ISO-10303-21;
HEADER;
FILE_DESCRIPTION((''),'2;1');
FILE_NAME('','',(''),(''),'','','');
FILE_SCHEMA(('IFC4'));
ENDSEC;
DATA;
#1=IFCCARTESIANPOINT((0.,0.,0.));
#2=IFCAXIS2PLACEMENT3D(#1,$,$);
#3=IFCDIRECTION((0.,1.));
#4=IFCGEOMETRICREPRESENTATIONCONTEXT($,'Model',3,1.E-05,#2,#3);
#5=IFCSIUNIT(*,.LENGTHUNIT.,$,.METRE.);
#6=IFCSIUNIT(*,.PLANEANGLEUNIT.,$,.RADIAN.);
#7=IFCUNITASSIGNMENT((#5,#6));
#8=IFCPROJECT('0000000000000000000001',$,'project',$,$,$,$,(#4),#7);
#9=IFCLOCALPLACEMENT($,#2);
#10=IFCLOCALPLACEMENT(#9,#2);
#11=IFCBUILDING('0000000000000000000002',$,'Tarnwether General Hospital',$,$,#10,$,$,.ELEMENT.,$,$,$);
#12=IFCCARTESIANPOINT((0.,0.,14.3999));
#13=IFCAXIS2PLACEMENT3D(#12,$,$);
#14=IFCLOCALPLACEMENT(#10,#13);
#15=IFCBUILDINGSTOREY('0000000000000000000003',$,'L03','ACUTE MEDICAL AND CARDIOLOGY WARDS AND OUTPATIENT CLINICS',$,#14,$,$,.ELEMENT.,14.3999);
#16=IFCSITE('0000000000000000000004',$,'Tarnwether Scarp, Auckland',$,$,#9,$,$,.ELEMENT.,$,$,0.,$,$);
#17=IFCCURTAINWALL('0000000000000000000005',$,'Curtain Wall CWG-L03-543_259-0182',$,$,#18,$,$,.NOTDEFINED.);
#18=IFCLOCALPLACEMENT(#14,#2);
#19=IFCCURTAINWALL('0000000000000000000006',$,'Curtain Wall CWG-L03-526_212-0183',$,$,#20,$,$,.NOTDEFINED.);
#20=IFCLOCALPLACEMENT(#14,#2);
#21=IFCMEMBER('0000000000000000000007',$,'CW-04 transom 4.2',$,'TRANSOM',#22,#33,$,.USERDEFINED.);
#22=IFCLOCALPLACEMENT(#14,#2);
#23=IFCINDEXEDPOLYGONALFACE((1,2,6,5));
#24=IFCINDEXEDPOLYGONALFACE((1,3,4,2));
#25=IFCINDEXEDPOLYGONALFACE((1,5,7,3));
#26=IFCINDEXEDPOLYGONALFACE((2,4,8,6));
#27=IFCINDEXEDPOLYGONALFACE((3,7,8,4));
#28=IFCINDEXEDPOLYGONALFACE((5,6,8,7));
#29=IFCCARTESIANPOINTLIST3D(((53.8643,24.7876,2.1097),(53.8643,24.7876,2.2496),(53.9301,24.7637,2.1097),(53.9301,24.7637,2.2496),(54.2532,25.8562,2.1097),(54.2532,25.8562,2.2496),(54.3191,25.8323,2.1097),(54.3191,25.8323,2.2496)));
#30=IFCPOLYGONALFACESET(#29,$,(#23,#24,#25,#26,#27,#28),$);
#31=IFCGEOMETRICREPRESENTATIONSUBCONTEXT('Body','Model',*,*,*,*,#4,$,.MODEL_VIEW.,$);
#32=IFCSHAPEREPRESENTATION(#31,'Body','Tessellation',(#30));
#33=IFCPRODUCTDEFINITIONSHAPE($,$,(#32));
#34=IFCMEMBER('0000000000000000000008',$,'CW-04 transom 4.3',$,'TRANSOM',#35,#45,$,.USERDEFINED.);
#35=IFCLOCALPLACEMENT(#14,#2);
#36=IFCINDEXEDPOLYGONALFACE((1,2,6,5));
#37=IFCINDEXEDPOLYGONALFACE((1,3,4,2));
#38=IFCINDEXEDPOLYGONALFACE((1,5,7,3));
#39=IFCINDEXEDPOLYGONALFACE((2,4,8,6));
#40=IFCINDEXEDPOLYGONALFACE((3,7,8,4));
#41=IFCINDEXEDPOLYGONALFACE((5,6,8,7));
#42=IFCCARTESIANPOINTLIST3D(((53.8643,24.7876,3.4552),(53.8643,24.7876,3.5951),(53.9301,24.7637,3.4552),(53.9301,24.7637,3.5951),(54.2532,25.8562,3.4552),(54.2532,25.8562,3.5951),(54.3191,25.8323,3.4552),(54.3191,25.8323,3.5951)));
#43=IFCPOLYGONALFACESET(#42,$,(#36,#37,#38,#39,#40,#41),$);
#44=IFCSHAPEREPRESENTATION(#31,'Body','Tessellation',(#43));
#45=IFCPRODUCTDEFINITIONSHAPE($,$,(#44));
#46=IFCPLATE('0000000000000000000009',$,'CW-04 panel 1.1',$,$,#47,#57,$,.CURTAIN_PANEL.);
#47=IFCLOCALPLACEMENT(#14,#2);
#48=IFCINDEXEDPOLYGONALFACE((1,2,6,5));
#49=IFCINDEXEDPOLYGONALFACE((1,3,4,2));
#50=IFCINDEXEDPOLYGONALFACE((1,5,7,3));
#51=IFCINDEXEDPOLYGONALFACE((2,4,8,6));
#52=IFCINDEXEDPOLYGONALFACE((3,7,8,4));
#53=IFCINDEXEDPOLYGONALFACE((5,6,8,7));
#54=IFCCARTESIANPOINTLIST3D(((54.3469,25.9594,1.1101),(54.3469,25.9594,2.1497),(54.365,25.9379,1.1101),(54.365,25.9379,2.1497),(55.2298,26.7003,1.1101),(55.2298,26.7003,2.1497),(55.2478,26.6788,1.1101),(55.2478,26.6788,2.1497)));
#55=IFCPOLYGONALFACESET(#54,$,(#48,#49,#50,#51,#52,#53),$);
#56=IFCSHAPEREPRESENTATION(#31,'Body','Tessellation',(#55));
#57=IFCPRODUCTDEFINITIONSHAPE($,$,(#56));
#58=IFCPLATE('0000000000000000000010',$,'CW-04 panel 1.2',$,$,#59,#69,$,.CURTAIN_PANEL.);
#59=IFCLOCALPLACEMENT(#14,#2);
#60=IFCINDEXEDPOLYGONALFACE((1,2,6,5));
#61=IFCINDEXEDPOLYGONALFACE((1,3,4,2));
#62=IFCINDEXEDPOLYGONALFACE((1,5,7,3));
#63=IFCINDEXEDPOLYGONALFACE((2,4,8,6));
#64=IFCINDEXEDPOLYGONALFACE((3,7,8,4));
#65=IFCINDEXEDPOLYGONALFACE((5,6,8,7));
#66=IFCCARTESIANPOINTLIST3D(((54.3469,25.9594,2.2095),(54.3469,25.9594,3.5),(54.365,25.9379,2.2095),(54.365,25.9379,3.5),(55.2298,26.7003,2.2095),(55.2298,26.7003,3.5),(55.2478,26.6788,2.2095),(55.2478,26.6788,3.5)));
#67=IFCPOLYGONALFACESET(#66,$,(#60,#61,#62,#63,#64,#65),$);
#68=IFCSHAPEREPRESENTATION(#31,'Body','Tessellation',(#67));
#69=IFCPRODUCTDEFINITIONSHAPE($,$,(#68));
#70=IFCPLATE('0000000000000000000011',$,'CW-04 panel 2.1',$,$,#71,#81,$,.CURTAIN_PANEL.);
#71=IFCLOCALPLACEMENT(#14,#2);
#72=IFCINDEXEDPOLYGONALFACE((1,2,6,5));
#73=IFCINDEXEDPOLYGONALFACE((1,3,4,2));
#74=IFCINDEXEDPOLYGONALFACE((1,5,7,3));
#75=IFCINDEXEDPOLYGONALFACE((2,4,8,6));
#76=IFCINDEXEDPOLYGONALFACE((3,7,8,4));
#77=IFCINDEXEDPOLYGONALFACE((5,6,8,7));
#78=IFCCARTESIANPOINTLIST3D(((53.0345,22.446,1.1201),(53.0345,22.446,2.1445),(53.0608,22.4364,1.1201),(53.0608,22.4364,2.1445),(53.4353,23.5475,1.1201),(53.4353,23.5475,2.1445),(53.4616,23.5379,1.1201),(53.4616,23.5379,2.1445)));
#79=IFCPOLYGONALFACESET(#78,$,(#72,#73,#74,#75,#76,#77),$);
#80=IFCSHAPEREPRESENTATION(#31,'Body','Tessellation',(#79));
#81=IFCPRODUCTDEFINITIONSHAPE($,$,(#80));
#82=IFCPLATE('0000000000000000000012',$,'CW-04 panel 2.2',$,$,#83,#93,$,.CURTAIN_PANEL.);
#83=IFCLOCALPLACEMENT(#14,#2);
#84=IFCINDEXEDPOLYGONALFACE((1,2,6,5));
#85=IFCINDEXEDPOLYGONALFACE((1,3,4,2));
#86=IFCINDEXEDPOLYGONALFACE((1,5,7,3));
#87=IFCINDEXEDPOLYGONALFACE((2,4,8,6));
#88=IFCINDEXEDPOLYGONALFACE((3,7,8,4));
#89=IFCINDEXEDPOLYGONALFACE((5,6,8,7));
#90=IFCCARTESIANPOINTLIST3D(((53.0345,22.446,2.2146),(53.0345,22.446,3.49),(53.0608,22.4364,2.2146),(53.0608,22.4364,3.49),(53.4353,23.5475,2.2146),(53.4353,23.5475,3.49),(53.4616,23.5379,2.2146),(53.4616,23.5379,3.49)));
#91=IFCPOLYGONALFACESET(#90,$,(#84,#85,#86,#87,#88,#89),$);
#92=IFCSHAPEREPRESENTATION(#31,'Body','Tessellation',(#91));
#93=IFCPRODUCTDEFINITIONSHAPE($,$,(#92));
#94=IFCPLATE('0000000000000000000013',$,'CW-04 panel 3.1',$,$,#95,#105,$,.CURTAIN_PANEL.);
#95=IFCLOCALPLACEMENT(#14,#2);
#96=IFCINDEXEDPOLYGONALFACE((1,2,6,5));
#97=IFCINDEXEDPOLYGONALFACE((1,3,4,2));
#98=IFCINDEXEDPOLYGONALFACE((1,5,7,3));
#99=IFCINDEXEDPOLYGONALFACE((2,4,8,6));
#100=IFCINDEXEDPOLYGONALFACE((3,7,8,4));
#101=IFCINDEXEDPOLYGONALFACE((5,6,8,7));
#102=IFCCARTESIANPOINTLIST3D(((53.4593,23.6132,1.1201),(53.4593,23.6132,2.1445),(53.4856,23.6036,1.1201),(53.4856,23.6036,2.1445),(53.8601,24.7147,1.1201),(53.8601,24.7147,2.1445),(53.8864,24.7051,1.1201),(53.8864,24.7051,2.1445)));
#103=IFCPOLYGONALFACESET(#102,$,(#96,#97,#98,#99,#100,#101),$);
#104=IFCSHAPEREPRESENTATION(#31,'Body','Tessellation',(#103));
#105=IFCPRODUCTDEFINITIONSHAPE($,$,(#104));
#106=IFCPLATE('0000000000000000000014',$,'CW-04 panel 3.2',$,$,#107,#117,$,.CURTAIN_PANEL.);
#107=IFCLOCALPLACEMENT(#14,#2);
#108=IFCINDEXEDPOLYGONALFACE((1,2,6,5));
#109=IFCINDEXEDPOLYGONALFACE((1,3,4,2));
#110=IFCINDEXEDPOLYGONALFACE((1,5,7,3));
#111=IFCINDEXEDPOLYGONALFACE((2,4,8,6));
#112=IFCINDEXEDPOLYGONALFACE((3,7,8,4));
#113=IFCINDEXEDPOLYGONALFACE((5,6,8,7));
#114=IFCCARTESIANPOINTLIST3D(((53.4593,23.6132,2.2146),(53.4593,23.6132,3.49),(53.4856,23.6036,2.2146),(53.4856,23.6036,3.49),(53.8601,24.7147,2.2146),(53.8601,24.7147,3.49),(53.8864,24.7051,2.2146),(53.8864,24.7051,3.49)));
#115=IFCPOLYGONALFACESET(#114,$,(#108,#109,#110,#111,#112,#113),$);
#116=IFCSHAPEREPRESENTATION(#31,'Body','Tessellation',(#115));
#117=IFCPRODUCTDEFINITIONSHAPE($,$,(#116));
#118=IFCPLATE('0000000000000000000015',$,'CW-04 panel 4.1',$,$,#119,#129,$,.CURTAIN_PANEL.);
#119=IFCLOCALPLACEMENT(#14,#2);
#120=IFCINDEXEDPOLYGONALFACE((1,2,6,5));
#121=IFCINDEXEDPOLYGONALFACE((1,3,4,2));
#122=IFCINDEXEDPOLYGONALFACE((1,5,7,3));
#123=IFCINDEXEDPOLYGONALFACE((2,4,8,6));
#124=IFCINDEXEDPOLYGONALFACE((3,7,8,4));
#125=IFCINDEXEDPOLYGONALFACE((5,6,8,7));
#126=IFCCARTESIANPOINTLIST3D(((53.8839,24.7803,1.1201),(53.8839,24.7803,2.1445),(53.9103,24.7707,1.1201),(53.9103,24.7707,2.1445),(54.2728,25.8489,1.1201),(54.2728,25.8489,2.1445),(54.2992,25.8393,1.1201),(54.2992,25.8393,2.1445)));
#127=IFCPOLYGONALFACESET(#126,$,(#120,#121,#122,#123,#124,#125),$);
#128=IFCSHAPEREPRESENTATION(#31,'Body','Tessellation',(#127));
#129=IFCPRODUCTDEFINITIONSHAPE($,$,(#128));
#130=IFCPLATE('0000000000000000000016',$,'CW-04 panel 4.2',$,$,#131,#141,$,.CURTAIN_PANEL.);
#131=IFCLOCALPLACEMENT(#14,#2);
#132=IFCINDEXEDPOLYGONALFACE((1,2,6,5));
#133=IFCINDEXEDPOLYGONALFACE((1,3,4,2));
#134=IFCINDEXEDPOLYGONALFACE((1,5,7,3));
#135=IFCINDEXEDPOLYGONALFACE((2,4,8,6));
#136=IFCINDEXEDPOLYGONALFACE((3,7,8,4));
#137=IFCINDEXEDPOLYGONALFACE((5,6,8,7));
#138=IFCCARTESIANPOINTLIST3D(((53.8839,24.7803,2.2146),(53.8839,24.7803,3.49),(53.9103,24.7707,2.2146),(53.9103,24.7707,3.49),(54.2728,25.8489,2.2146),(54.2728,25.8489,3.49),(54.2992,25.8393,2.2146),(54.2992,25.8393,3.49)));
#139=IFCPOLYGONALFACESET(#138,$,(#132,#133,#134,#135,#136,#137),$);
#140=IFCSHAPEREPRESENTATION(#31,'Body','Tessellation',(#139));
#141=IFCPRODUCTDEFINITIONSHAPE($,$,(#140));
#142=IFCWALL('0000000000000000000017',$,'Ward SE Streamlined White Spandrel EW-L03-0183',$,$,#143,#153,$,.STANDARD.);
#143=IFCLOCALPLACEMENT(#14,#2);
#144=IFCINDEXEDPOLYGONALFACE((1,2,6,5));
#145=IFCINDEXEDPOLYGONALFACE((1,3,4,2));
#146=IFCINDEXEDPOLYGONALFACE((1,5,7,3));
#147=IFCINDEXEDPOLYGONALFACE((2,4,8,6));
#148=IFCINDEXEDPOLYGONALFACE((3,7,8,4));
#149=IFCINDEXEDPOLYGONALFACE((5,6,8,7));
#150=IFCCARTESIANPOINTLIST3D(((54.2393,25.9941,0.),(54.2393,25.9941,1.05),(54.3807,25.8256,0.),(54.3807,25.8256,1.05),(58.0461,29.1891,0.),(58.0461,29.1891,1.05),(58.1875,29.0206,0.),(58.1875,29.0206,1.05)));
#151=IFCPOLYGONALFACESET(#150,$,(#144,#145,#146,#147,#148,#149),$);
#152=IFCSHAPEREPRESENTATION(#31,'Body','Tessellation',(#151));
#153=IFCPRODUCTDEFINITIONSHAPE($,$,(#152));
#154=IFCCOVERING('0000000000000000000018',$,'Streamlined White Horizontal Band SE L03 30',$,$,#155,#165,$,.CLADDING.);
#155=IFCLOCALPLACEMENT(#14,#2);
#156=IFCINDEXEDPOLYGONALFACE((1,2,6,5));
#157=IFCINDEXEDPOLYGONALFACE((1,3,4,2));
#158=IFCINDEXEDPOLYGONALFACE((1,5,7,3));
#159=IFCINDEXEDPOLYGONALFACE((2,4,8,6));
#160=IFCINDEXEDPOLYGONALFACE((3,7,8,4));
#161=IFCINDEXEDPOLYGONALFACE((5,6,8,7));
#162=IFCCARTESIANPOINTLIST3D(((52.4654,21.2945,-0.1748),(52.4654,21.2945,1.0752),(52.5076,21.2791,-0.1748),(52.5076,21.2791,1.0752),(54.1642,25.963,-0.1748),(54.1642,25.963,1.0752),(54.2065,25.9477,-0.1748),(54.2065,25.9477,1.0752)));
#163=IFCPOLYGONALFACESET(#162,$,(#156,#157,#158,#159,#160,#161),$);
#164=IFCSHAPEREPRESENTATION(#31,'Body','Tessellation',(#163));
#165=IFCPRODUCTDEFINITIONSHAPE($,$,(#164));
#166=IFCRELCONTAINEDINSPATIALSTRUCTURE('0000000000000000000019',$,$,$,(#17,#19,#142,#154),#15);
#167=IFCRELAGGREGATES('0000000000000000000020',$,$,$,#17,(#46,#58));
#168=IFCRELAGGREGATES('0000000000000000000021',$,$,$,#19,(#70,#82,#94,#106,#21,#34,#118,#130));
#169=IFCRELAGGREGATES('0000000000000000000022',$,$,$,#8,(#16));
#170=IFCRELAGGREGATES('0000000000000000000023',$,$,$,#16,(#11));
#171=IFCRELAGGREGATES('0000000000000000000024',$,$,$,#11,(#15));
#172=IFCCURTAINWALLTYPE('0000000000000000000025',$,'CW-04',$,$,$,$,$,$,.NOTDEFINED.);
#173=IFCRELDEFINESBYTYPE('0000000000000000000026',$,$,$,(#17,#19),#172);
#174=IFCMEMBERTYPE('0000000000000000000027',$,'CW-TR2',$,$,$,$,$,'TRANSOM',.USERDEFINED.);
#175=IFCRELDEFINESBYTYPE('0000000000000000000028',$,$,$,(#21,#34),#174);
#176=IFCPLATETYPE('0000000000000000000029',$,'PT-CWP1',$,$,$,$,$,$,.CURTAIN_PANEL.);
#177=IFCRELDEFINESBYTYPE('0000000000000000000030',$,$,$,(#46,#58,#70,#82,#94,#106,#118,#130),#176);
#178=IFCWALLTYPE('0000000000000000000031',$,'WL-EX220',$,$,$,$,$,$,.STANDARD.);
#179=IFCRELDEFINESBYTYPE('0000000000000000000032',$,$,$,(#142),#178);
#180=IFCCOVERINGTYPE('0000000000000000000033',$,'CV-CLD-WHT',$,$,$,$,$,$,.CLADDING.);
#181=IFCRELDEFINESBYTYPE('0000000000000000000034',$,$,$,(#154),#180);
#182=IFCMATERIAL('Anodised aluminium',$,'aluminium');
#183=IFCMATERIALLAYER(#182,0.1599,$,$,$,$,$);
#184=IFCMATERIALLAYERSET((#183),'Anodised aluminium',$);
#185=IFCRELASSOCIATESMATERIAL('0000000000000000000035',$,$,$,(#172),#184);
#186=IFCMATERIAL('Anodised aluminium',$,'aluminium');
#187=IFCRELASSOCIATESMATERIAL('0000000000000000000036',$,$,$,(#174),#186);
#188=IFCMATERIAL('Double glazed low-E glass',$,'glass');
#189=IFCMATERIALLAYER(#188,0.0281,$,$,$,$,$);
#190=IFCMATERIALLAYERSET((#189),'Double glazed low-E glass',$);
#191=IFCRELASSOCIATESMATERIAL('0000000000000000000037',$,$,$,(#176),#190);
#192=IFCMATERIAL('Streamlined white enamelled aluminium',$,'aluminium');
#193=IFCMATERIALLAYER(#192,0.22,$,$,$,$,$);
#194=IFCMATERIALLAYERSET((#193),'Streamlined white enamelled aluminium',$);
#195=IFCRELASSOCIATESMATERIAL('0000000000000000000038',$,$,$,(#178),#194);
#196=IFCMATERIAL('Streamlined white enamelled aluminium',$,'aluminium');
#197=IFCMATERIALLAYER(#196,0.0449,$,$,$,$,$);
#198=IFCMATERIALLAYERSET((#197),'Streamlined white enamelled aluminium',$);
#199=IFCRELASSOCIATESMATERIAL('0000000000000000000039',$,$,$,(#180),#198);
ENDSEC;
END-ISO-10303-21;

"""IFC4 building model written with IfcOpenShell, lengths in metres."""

from ifc_helpers import new_model, si_unit, direction, frame, frame_2d, origin, origin_2d, place, context, subcontext, project, spatial, rectangle, extrude, material, layer, layer_set, material_profile, profile_set, type_object, element, aggregate, save


model = new_model("IFC4")

# Units and contexts
model_context = context("Model", 3, precision=1e-05, world=origin(), true_north=direction((0.0, 1.0)))
body_context = subcontext(model_context, "Body", "Model", "MODEL_VIEW")
ifc_project = project(units=[si_unit("LENGTHUNIT", "METRE"), si_unit("PLANEANGLEUNIT", "RADIAN")], contexts=[model_context])

# Site, building, storey
site_placement = place(None, origin())
site = spatial("IfcSite", under=ifc_project, at=site_placement, Name="Tarnwether Scarp, Auckland", CompositionType="ELEMENT", RefElevation=0.0)
building_placement = place(site_placement, origin())
building = spatial("IfcBuilding", under=site, at=building_placement, Name="Tarnwether General Hospital", CompositionType="ELEMENT")
storey_placement = place(building_placement, frame((0.0, 0.0, 14.3999)))
storey = spatial("IfcBuildingStorey", under=building, at=storey_placement, Name="L03", Description="ACUTE MEDICAL AND CARDIOLOGY WARDS AND OUTPATIENT CLINICS", CompositionType="ELEMENT", Elevation=14.3999)

# Curtain walls
ifc_material_1 = material(Name="Anodised aluminium", Category="aluminium")
ifc_layer_1 = layer(ifc_material_1, 0.1599)
ifc_layer_set_1 = layer_set([ifc_layer_1], Name="Anodised aluminium")
curtain_wall_type = type_object("IfcCurtainWallType", Name="CW-04", PredefinedType="NOTDEFINED", material=ifc_layer_set_1)
curtain_wall_1_placement = place(storey_placement, origin())
curtain_wall_1 = element("IfcCurtainWall", 1, at=curtain_wall_1_placement, inside=storey, type_object=curtain_wall_type, Name="Curtain Wall CWG-L03-543_259-0182", PredefinedType="NOTDEFINED")
curtain_wall_2_placement = place(storey_placement, origin())
curtain_wall_2 = element("IfcCurtainWall", 2, at=curtain_wall_2_placement, inside=storey, type_object=curtain_wall_type, Name="Curtain Wall CWG-L03-526_212-0183", PredefinedType="NOTDEFINED")

# Members
ifc_material_2 = material(Name="Anodised aluminium", Category="aluminium")
ifc_material_profile_1 = material_profile(ifc_material_2, rectangle(XDim=0.0701, YDim=0.1399, at=origin_2d()), Name="ALU-TRN-70x140")
ifc_profile_set_1 = profile_set([ifc_material_profile_1], Name="Anodised aluminium")
member_type_1 = type_object("IfcMemberType", Name="CW-TR2", ElementType="TRANSOM", PredefinedType="USERDEFINED", material=ifc_profile_set_1)
member_1_placement = place(storey_placement, frame((53.8972, 24.7756, 2.1797), z_axis=(0.342002, 0.939699, 0.0), x_axis=(-0.939699, 0.342002, 0.0)))
member_1 = element("IfcMember", 3, at=member_1_placement, type_object=member_type_1, Name="CW-04 transom 4.2", ObjectType="TRANSOM", PredefinedType="USERDEFINED", context=body_context, shape_type="SweptSolid", body=[
    extrude(rectangle(XDim=0.0701, YDim=0.1399, at=origin_2d()), origin(), (0.0, 0.0, 1.0), 1.1372),
])
member_2_placement = place(storey_placement, frame((53.8972, 24.7756, 3.5251), z_axis=(0.342002, 0.939699, 0.0), x_axis=(-0.939699, 0.342002, 0.0)))
member_2 = element("IfcMember", 4, at=member_2_placement, type_object=member_type_1, Name="CW-04 transom 4.3", ObjectType="TRANSOM", PredefinedType="USERDEFINED", context=body_context, shape_type="SweptSolid", body=[
    extrude(rectangle(XDim=0.0701, YDim=0.1399, at=origin_2d()), origin(), (0.0, 0.0, 1.0), 1.1372),
])

# Plates
ifc_material_3 = material(Name="Double glazed low-E glass", Category="glass")
ifc_layer_2 = layer(ifc_material_3, 0.0281)
ifc_layer_set_2 = layer_set([ifc_layer_2], Name="Double glazed low-E glass")
plate_type = type_object("IfcPlateType", Name="PT-CWP1", PredefinedType="CURTAIN_PANEL", material=ifc_layer_set_2)
plate_1_placement = place(storey_placement, frame((54.7974, 26.3191, 1.1101), z_axis=(0.0, 0.0, 1.0), x_axis=(0.76599, 0.642852, 0.0)))
plate_1 = element("IfcPlate", 5, at=plate_1_placement, type_object=plate_type, Name="CW-04 panel 1.1", PredefinedType="CURTAIN_PANEL", context=body_context, shape_type="SweptSolid", body=[
    extrude(rectangle(XDim=1.1526, YDim=0.0281, at=origin_2d()), origin(), (0.0, 0.0, 1.0), 1.0396),
])
plate_2_placement = place(storey_placement, frame((54.7974, 26.3191, 2.2095), z_axis=(0.0, 0.0, 1.0), x_axis=(0.76599, 0.642852, 0.0)))
plate_2 = element("IfcPlate", 6, at=plate_2_placement, type_object=plate_type, Name="CW-04 panel 1.2", PredefinedType="CURTAIN_PANEL", context=body_context, shape_type="SweptSolid", body=[
    extrude(rectangle(XDim=1.1526, YDim=0.0281, at=origin_2d()), origin(), (0.0, 0.0, 1.0), 1.2905),
])
aggregate(curtain_wall_1, [plate_1, plate_2])
plate_3_placement = place(storey_placement, frame((53.248, 22.9919, 1.1201), z_axis=(0.0, 0.0, 1.0), x_axis=(0.341953, 0.939717, 0.0)))
plate_3 = element("IfcPlate", 7, at=plate_3_placement, type_object=plate_type, Name="CW-04 panel 2.1", PredefinedType="CURTAIN_PANEL", context=body_context, shape_type="SweptSolid", body=[
    extrude(rectangle(XDim=1.1721, YDim=0.0281, at=origin_2d()), origin(), (0.0, 0.0, 1.0), 1.0244),
])
plate_4_placement = place(storey_placement, frame((53.248, 22.9919, 2.2146), z_axis=(0.0, 0.0, 1.0), x_axis=(0.341953, 0.939717, 0.0)))
plate_4 = element("IfcPlate", 8, at=plate_4_placement, type_object=plate_type, Name="CW-04 panel 2.2", PredefinedType="CURTAIN_PANEL", context=body_context, shape_type="SweptSolid", body=[
    extrude(rectangle(XDim=1.1721, YDim=0.0281, at=origin_2d()), origin(), (0.0, 0.0, 1.0), 1.2754),
])
plate_5_placement = place(storey_placement, frame((53.6729, 24.1592, 1.1201), z_axis=(0.0, 0.0, 1.0), x_axis=(0.341953, 0.939717, 0.0)))
plate_5 = element("IfcPlate", 9, at=plate_5_placement, type_object=plate_type, Name="CW-04 panel 3.1", PredefinedType="CURTAIN_PANEL", context=body_context, shape_type="SweptSolid", body=[
    extrude(rectangle(XDim=1.1721, YDim=0.0281, at=origin_2d()), origin(), (0.0, 0.0, 1.0), 1.0244),
])
plate_6_placement = place(storey_placement, frame((53.6729, 24.1592, 2.2146), z_axis=(0.0, 0.0, 1.0), x_axis=(0.341953, 0.939717, 0.0)))
plate_6 = element("IfcPlate", 10, at=plate_6_placement, type_object=plate_type, Name="CW-04 panel 3.2", PredefinedType="CURTAIN_PANEL", context=body_context, shape_type="SweptSolid", body=[
    extrude(rectangle(XDim=1.1721, YDim=0.0281, at=origin_2d()), origin(), (0.0, 0.0, 1.0), 1.2754),
])
plate_7_placement = place(storey_placement, frame((54.0916, 25.3098, 1.1201), z_axis=(0.0, 0.0, 1.0), x_axis=(0.341953, 0.939717, 0.0)))
plate_7 = element("IfcPlate", 11, at=plate_7_placement, type_object=plate_type, Name="CW-04 panel 4.1", PredefinedType="CURTAIN_PANEL", context=body_context, shape_type="SweptSolid", body=[
    extrude(rectangle(XDim=1.1372, YDim=0.0281, at=origin_2d()), origin(), (0.0, 0.0, 1.0), 1.0244),
])
plate_8_placement = place(storey_placement, frame((54.0916, 25.3098, 2.2146), z_axis=(0.0, 0.0, 1.0), x_axis=(0.341953, 0.939717, 0.0)))
plate_8 = element("IfcPlate", 12, at=plate_8_placement, type_object=plate_type, Name="CW-04 panel 4.2", PredefinedType="CURTAIN_PANEL", context=body_context, shape_type="SweptSolid", body=[
    extrude(rectangle(XDim=1.1372, YDim=0.0281, at=origin_2d()), origin(), (0.0, 0.0, 1.0), 1.2754),
])
aggregate(curtain_wall_2, [plate_3, plate_4, plate_5, plate_6, member_1, member_2, plate_7, plate_8])

# Wall
ifc_material_4 = material(Name="Streamlined white enamelled aluminium", Category="aluminium")
ifc_layer_3 = layer(ifc_material_4, 0.22)
ifc_layer_set_3 = layer_set([ifc_layer_3], Name="Streamlined white enamelled aluminium")
wall_type = type_object("IfcWallType", Name="WL-EX220", PredefinedType="STANDARD", material=ifc_layer_set_3)
wall_placement = place(storey_placement, frame((54.3101, 25.9099, 0.0), z_axis=(0.0, 0.0, 1.0), x_axis=(0.765974, 0.642872, 0.0)))
element("IfcWall", 13, at=wall_placement, inside=storey, type_object=wall_type, Name="Ward SE Streamlined White Spandrel EW-L03-0183", PredefinedType="STANDARD", context=body_context, shape_type="SweptSolid", body=[
    extrude(rectangle(XDim=4.97, YDim=0.22, at=frame_2d((2.4849, 0.0))), origin(), (0.0, 0.0, 1.0), 1.05),
])

# Covering
ifc_material_5 = material(Name="Streamlined white enamelled aluminium", Category="aluminium")
ifc_layer_4 = layer(ifc_material_5, 0.0449)
ifc_layer_set_4 = layer_set([ifc_layer_4], Name="Streamlined white enamelled aluminium")
covering_type = type_object("IfcCoveringType", Name="CV-CLD-WHT", PredefinedType="CLADDING", material=ifc_layer_set_4)
covering_placement = place(storey_placement, frame((53.3359, 23.6211, -0.1748), z_axis=(0.0, 0.0, 1.0), x_axis=(0.341955, 0.939716, 0.0)))
element("IfcCovering", 14, at=covering_placement, inside=storey, type_object=covering_type, Name="Streamlined White Horizontal Band SE L03 30", PredefinedType="CLADDING", context=body_context, shape_type="SweptSolid", body=[
    extrude(rectangle(XDim=4.968, YDim=0.0449, at=origin_2d()), origin(), (0.0, 0.0, 1.0), 1.25),
])

save(model, "model.ifc")
